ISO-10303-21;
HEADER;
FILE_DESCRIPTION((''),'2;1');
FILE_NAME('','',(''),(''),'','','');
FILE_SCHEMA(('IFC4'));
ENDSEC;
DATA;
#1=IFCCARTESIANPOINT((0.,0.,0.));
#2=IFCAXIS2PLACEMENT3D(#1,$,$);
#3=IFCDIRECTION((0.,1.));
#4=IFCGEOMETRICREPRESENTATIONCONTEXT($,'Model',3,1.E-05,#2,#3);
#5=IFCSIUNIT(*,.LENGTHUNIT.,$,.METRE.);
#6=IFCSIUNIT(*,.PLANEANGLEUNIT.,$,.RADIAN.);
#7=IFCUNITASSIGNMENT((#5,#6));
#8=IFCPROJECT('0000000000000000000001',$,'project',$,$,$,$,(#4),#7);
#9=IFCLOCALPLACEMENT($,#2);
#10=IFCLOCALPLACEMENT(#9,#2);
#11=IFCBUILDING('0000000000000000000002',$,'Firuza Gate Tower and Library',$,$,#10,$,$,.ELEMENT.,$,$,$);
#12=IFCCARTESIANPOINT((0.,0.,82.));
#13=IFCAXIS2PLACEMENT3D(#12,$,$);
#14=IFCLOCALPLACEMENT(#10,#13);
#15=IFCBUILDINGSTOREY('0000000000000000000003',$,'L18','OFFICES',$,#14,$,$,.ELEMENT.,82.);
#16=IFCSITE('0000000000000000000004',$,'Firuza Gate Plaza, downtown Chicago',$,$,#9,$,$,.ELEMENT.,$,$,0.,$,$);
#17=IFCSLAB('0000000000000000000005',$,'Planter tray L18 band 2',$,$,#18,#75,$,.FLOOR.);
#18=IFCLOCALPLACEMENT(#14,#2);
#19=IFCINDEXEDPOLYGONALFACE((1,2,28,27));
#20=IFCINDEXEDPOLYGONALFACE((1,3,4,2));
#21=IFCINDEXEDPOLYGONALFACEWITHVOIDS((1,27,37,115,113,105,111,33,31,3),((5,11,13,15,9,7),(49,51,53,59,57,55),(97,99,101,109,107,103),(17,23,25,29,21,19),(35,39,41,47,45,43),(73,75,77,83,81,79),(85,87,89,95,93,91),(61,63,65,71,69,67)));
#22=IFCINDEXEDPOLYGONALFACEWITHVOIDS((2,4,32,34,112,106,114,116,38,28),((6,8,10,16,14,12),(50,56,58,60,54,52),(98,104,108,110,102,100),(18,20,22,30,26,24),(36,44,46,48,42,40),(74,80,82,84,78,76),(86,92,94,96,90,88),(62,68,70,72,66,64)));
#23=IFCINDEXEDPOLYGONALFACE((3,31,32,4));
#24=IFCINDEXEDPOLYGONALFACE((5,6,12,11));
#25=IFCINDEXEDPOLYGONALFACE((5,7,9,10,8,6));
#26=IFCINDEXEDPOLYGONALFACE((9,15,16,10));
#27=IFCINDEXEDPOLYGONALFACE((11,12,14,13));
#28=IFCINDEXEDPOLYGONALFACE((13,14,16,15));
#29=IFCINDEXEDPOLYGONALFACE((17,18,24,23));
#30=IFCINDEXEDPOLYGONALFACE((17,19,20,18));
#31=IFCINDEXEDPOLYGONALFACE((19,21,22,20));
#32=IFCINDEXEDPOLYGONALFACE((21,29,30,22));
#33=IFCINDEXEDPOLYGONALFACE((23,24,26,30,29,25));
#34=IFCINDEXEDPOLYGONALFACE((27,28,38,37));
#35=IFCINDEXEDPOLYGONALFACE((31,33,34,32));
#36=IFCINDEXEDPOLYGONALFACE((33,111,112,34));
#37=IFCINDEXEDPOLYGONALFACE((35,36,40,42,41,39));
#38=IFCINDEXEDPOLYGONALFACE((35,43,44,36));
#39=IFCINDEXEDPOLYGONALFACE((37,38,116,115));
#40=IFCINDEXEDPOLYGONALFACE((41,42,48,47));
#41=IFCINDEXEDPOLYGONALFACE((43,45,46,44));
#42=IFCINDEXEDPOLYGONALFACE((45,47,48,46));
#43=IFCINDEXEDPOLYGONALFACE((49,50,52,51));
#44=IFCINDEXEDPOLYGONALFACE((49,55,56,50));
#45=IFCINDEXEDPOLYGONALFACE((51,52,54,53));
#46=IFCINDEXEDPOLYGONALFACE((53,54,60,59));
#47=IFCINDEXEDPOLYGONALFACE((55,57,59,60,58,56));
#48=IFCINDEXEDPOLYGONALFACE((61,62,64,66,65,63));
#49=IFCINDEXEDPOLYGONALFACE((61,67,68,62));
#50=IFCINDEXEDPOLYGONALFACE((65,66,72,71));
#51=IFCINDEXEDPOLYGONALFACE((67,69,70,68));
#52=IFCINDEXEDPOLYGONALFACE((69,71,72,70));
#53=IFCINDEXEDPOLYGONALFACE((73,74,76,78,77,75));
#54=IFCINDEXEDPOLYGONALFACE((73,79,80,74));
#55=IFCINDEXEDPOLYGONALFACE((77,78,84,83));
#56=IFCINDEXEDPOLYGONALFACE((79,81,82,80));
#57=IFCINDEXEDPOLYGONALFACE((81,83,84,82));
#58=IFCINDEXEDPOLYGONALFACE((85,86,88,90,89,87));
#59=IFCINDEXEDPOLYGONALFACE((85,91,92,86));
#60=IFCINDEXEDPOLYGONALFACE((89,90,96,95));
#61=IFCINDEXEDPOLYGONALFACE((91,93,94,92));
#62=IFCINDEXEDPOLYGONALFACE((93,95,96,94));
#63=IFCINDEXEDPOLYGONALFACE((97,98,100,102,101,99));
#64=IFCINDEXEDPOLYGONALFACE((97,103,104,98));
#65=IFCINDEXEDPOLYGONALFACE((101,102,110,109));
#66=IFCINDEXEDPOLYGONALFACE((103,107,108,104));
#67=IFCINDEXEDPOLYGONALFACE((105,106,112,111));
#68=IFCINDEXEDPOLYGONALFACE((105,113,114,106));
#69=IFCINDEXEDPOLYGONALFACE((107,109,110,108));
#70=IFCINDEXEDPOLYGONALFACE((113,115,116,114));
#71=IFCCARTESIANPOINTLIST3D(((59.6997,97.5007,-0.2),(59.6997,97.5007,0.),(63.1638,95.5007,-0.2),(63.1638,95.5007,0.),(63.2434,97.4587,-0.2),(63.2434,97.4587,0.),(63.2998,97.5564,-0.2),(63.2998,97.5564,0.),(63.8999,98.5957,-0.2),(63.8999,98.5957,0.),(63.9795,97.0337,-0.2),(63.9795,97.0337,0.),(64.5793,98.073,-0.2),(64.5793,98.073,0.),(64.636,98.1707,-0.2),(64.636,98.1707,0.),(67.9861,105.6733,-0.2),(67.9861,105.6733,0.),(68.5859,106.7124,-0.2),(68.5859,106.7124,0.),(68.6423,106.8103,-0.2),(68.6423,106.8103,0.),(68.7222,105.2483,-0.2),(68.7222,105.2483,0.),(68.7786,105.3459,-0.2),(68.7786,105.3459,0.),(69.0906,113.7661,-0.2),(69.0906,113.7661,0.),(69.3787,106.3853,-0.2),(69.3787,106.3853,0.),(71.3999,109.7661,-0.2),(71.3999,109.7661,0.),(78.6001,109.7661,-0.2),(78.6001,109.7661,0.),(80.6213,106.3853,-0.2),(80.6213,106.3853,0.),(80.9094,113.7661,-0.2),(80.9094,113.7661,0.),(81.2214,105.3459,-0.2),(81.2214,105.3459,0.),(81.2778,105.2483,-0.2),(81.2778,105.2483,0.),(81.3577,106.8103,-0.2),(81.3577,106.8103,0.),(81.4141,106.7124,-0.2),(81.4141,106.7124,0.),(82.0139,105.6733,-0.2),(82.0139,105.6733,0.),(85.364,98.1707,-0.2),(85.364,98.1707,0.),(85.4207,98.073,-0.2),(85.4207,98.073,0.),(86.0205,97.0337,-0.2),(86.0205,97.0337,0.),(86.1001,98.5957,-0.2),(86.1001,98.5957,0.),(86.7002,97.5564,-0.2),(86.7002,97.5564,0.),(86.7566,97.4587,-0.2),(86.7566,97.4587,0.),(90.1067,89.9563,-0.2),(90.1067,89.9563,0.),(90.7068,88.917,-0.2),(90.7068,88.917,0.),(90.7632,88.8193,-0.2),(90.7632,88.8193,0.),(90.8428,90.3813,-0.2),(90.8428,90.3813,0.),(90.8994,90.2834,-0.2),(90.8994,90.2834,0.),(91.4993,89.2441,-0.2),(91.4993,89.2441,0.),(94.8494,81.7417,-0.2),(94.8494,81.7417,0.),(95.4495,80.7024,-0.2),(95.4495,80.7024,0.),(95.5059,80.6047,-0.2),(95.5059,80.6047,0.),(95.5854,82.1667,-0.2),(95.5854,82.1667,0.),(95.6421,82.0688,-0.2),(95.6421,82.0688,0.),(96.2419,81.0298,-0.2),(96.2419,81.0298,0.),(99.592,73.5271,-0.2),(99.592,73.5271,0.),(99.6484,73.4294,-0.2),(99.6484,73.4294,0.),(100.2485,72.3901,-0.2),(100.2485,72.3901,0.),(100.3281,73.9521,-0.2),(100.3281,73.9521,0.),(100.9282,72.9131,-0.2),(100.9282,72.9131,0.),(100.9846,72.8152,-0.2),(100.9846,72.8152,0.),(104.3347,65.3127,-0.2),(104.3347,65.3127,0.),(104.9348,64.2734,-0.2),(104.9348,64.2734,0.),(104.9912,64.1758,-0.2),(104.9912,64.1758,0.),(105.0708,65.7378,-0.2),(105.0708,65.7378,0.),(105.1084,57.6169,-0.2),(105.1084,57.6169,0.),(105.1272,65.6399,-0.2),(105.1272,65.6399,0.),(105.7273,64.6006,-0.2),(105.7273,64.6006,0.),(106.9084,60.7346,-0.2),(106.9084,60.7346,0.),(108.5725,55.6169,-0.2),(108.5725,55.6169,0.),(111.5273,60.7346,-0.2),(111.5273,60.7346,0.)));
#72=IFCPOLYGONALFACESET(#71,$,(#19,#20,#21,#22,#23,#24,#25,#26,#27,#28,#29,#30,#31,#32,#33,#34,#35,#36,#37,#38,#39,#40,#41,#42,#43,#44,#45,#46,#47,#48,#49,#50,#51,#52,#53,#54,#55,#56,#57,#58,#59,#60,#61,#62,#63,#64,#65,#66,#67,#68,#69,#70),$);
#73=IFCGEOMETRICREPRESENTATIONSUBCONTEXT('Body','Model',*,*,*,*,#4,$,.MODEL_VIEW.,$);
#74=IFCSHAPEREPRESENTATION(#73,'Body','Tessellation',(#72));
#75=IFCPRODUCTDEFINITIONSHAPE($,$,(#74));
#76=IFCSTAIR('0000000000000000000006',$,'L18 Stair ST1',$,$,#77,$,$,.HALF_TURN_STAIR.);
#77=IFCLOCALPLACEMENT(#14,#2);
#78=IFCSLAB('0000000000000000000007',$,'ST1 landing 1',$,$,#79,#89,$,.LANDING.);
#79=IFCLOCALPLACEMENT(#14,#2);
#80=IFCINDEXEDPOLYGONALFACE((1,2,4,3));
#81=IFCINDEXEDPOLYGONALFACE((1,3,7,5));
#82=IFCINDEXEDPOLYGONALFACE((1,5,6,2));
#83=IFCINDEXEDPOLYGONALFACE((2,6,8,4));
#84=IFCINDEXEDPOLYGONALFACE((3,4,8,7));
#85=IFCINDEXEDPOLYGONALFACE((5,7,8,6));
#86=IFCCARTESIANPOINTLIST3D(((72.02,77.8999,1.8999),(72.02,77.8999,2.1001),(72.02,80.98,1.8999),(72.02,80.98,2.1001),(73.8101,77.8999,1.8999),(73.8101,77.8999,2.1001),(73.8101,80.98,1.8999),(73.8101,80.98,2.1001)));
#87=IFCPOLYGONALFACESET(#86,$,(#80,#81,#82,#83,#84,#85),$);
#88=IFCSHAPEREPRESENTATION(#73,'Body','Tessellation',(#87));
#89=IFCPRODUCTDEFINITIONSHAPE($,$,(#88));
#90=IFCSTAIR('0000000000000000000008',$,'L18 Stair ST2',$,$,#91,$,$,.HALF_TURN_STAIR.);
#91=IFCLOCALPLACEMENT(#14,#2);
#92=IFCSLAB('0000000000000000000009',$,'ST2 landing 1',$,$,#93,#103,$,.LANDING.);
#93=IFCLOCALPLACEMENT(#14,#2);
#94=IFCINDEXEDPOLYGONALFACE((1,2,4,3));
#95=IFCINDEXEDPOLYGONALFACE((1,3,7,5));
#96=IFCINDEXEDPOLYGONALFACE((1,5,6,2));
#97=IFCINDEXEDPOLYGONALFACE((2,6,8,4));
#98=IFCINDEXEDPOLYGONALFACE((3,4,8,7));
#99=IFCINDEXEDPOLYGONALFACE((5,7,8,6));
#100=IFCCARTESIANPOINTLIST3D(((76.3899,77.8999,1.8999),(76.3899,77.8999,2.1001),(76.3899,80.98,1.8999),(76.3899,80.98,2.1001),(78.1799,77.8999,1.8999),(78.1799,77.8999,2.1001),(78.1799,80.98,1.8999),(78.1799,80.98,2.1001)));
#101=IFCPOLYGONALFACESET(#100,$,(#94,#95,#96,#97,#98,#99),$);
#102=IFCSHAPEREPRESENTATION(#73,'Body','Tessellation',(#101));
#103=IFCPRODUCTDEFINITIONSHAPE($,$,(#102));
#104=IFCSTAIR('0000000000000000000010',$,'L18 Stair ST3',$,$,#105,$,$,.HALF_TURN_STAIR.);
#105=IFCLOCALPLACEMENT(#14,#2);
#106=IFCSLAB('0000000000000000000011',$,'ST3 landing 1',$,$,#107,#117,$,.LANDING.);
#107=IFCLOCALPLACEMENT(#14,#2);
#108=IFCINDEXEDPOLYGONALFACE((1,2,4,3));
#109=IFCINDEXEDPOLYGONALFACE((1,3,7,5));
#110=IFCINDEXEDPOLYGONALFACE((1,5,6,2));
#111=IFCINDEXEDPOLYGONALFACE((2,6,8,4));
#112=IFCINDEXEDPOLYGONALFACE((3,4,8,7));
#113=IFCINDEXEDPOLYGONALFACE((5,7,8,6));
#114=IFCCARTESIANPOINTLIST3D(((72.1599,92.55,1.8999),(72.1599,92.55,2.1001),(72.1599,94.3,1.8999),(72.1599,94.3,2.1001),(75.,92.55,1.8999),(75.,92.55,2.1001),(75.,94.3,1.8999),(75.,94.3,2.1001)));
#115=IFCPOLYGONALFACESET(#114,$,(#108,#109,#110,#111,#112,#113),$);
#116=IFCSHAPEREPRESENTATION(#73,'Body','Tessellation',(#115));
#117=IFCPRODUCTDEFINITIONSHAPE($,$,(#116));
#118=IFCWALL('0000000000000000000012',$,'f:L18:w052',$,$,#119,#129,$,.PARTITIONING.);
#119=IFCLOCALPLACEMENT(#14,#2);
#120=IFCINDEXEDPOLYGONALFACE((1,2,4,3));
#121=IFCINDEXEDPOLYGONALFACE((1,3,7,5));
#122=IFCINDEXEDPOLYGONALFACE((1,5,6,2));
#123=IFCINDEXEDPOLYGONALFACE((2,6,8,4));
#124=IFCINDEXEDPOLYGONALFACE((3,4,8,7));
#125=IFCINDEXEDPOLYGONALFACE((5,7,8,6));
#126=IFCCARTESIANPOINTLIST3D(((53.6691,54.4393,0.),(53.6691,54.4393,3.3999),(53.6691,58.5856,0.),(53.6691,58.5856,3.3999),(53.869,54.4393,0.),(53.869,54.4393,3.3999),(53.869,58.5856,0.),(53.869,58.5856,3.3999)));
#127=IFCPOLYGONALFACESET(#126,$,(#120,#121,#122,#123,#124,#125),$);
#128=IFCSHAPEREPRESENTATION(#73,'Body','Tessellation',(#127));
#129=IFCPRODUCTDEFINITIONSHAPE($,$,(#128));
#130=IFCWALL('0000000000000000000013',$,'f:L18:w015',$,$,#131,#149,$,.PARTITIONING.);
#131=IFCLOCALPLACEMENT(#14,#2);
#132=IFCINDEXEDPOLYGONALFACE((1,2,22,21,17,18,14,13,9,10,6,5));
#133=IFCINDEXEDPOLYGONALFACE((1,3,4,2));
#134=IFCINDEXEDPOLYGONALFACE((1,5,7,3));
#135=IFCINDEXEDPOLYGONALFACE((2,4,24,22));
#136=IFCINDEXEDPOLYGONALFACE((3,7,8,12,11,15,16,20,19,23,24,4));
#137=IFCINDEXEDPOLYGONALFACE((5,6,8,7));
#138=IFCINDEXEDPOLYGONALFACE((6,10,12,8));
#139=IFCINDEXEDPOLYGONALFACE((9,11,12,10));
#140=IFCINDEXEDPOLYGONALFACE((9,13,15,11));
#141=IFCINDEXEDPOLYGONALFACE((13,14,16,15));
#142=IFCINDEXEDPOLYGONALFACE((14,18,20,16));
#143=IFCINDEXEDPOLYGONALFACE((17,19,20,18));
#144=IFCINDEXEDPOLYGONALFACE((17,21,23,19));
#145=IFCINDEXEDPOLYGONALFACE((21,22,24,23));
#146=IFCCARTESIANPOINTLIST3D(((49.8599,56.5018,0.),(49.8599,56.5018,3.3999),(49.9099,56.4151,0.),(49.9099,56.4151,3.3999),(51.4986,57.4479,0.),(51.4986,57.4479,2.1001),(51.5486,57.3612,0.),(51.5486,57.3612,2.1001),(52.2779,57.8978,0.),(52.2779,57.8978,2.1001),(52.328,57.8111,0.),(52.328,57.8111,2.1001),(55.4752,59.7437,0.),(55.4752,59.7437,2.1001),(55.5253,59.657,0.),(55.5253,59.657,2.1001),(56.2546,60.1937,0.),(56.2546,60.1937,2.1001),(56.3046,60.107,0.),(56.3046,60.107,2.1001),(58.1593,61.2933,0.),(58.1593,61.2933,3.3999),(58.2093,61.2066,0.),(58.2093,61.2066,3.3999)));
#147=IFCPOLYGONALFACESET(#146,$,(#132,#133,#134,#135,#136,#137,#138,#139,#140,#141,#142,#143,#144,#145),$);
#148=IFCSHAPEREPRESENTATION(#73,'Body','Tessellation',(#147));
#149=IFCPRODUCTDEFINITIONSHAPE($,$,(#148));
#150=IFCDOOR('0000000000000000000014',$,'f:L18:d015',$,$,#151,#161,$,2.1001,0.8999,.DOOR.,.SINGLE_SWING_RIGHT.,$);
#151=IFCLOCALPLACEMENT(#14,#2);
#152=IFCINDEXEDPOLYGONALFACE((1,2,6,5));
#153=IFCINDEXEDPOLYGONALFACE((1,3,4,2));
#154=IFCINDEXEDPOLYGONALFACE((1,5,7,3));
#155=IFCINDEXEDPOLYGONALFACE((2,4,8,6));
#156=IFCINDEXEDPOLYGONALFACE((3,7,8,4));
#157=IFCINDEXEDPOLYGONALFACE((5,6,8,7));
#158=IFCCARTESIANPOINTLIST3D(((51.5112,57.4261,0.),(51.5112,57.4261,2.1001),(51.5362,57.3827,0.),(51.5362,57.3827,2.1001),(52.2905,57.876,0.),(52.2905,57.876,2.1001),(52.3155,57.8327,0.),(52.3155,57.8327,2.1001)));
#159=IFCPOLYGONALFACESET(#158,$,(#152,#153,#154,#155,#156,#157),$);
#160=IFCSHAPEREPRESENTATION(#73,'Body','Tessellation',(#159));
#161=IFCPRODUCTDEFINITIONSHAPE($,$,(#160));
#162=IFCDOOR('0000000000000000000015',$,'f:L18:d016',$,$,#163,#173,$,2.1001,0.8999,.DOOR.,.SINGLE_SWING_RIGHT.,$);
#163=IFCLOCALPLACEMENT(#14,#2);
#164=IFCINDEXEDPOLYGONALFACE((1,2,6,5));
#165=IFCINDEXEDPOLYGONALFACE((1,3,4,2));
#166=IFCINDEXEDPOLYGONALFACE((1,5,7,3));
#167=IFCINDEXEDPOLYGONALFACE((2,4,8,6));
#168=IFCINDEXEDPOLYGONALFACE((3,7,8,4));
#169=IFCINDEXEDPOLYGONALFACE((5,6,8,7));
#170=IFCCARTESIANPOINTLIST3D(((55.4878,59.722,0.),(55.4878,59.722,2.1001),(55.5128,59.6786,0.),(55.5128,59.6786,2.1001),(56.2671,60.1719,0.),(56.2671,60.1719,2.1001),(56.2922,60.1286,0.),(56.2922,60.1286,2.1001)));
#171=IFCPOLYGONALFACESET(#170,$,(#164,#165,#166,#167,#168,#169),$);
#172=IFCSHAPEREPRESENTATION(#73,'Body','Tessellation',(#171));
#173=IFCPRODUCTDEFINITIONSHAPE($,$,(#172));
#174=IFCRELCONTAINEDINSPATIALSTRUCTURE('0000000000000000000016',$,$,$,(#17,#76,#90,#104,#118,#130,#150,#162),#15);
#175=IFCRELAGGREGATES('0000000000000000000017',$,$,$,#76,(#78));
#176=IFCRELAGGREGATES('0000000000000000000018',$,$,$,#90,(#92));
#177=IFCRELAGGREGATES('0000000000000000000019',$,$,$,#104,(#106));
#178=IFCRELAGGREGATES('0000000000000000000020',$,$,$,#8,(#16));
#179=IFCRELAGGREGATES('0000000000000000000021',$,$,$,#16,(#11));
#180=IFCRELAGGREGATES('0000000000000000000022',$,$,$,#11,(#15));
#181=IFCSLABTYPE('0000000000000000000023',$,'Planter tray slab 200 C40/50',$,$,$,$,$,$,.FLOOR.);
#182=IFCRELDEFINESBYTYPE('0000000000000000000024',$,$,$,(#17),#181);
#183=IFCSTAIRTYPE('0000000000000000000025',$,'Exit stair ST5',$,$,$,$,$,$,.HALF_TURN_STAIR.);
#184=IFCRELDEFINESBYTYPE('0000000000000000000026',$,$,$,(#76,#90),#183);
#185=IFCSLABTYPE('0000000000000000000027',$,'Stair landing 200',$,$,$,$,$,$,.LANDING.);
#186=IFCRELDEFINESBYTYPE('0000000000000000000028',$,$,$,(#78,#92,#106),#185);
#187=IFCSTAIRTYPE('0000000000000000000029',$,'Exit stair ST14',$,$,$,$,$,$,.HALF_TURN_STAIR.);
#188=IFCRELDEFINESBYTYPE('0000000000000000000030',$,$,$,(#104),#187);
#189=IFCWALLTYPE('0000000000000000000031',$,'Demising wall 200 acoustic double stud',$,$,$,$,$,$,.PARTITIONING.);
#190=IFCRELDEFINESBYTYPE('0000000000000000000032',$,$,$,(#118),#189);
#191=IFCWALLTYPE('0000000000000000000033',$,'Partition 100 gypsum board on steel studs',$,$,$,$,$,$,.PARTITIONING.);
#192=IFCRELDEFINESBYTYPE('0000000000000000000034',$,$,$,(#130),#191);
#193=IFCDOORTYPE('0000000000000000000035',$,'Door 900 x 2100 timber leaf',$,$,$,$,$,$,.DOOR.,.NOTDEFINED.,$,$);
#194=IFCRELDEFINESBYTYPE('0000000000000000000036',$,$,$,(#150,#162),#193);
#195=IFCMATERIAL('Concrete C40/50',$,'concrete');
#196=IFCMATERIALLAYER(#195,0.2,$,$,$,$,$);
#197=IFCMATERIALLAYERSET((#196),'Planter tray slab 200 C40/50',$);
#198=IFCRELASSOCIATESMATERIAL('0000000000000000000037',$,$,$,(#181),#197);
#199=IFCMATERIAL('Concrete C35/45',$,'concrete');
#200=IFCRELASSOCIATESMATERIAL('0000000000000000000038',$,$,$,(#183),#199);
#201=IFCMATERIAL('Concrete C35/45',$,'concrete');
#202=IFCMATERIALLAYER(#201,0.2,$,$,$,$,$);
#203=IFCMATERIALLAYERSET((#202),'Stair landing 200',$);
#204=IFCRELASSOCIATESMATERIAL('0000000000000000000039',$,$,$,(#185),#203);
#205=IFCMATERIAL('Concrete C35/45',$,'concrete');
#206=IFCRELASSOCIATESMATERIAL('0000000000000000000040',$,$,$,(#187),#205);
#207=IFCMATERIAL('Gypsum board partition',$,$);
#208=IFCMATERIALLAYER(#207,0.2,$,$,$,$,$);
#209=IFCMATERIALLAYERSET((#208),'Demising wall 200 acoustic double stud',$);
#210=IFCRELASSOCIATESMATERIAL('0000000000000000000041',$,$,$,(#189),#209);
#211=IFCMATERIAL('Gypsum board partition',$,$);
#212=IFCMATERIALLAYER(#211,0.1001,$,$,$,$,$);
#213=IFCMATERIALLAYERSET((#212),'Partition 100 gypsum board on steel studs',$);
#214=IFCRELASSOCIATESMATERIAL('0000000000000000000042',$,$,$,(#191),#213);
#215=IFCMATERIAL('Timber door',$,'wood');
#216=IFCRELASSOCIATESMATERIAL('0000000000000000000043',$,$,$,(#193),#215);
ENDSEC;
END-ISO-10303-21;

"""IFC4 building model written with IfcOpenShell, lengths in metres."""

from ifc_helpers import new_model, si_unit, direction, frame, frame_2d, origin, place, context, subcontext, project, spatial, polyline, rectangle, outline, extrude, material, layer, layer_set, type_object, element, fill, aggregate, save


model = new_model("IFC4")

# Units and contexts
model_context = context("Model", 3, precision=1e-05, world=origin(), true_north=direction((0.0, 1.0)))
body_context = subcontext(model_context, "Body", "Model", "MODEL_VIEW")
ifc_project = project(units=[si_unit("LENGTHUNIT", "METRE"), si_unit("PLANEANGLEUNIT", "RADIAN")], contexts=[model_context])

# Site, building, storey
site_placement = place(None, origin())
site = spatial("IfcSite", under=ifc_project, at=site_placement, Name="Firuza Gate Plaza, downtown Chicago", CompositionType="ELEMENT", RefElevation=0.0)
building_placement = place(site_placement, origin())
building = spatial("IfcBuilding", under=site, at=building_placement, Name="Firuza Gate Tower and Library", CompositionType="ELEMENT")
storey_placement = place(building_placement, frame((0.0, 0.0, 82.0)))
storey = spatial("IfcBuildingStorey", under=building, at=storey_placement, Name="L18", Description="OFFICES", CompositionType="ELEMENT", Elevation=82.0)

# Shared definitions
placement_1 = place(storey_placement, origin())

# Shared definitions
placement_2 = place(storey_placement, frame((0.0, 0.0, -0.2)))

# Slab
ifc_material_1 = material(Name="Concrete C40/50", Category="concrete")
ifc_layer_1 = layer(ifc_material_1, 0.2)
ifc_layer_set_1 = layer_set([ifc_layer_1], Name="Planter tray slab 200 C40/50")
slab_type_1 = type_object("IfcSlabType", Name="Planter tray slab 200 C40/50", PredefinedType="FLOOR", material=ifc_layer_set_1)
element("IfcSlab", 1, at=placement_2, inside=storey, type_object=slab_type_1, Name="Planter tray L18 band 2", PredefinedType="FLOOR", context=body_context, shape_type="SweptSolid", body=[
    extrude(outline(polyline([(105.1084, 57.6169), (108.5725, 55.6169), (111.5273, 60.7346), (80.9094, 113.7661), (69.0906, 113.7661), (59.6997, 97.5007), (63.1638, 95.5007), (71.3999, 109.7661), (78.6001, 109.7661), (106.9084, 60.7346), (105.1084, 57.6169)]), holes=[polyline([(63.2998, 97.5564), (63.2998, 97.5564), (63.8999, 98.5957), (64.636, 98.1707), (64.5793, 98.073), (64.5793, 98.073), (63.9795, 97.0337), (63.2434, 97.4587), (63.2998, 97.5564)]), polyline([(68.6423, 106.8103), (69.3787, 106.3853), (68.7786, 105.3459), (68.7786, 105.3459), (68.7222, 105.2483), (67.9861, 105.6733), (68.5859, 106.7124), (68.5859, 106.7124), (68.6423, 106.8103)]), polyline([(104.9348, 64.2734), (104.9348, 64.2734), (104.3347, 65.3127), (105.0708, 65.7378), (105.1272, 65.6399), (105.1272, 65.6399), (105.7273, 64.6006), (104.9912, 64.1758), (104.9348, 64.2734)]), polyline([(100.2485, 72.3901), (99.6484, 73.4294), (99.6484, 73.4294), (99.592, 73.5271), (100.3281, 73.9521), (100.9282, 72.9131), (100.9282, 72.9131), (100.9846, 72.8152), (100.2485, 72.3901)]), polyline([(94.8494, 81.7417), (95.5854, 82.1667), (95.6421, 82.0688), (95.6421, 82.0688), (96.2419, 81.0298), (95.5059, 80.6047), (95.4495, 80.7024), (95.4495, 80.7024), (94.8494, 81.7417)]), polyline([(91.4993, 89.2441), (90.7632, 88.8193), (90.7068, 88.917), (90.7068, 88.917), (90.1067, 89.9563), (90.8428, 90.3813), (90.8994, 90.2834), (90.8994, 90.2834), (91.4993, 89.2441)]), polyline([(85.364, 98.1707), (86.1001, 98.5957), (86.7002, 97.5564), (86.7002, 97.5564), (86.7566, 97.4587), (86.0205, 97.0337), (85.4207, 98.073), (85.4207, 98.073), (85.364, 98.1707)]), polyline([(81.2214, 105.3459), (80.6213, 106.3853), (81.3577, 106.8103), (81.4141, 106.7124), (81.4141, 106.7124), (82.0139, 105.6733), (81.2778, 105.2483), (81.2214, 105.3459), (81.2214, 105.3459)])]), origin(), (0.0, 0.0, 1.0), 0.2),
])

# Stairs, slabs
ifc_material_2 = material(Name="Concrete C35/45", Category="concrete")
stair_type_1 = type_object("IfcStairType", Name="Exit stair ST5", PredefinedType="HALF_TURN_STAIR", material=ifc_material_2)
stair_1 = element("IfcStair", 2, at=placement_1, inside=storey, type_object=stair_type_1, Name="L18 Stair ST1", PredefinedType="HALF_TURN_STAIR")
ifc_material_3 = material(Name="Concrete C35/45", Category="concrete")
ifc_layer_2 = layer(ifc_material_3, 0.2)
ifc_layer_set_2 = layer_set([ifc_layer_2], Name="Stair landing 200")
slab_type_2 = type_object("IfcSlabType", Name="Stair landing 200", PredefinedType="LANDING", material=ifc_layer_set_2)
placement_3 = place(storey_placement, frame((0.0, 0.0, 1.8999)))
slab_1 = element("IfcSlab", 3, at=placement_3, type_object=slab_type_2, Name="ST1 landing 1", PredefinedType="LANDING", context=body_context, shape_type="SweptSolid", body=[
    extrude(outline(polyline([(72.02, 77.8999), (73.8101, 77.8999), (73.8101, 80.98), (72.02, 80.98), (72.02, 77.8999)])), origin(), (0.0, 0.0, 1.0), 0.2002),
])
aggregate(stair_1, [slab_1])
stair_2 = element("IfcStair", 4, at=placement_1, inside=storey, type_object=stair_type_1, Name="L18 Stair ST2", PredefinedType="HALF_TURN_STAIR")
slab_2 = element("IfcSlab", 5, at=placement_3, type_object=slab_type_2, Name="ST2 landing 1", PredefinedType="LANDING", context=body_context, shape_type="SweptSolid", body=[
    extrude(outline(polyline([(78.1799, 80.98), (76.3899, 80.98), (76.3899, 77.8999), (78.1799, 77.8999), (78.1799, 80.98)])), origin(), (0.0, 0.0, 1.0), 0.2002),
])
aggregate(stair_2, [slab_2])
ifc_material_4 = material(Name="Concrete C35/45", Category="concrete")
stair_type_2 = type_object("IfcStairType", Name="Exit stair ST14", PredefinedType="HALF_TURN_STAIR", material=ifc_material_4)
stair_3 = element("IfcStair", 6, at=placement_1, inside=storey, type_object=stair_type_2, Name="L18 Stair ST3", PredefinedType="HALF_TURN_STAIR")
slab_3 = element("IfcSlab", 7, at=placement_3, type_object=slab_type_2, Name="ST3 landing 1", PredefinedType="LANDING", context=body_context, shape_type="SweptSolid", body=[
    extrude(outline(polyline([(75.0, 92.55), (75.0, 94.3), (72.1599, 94.3), (72.1599, 92.55), (75.0, 92.55)])), origin(), (0.0, 0.0, 1.0), 0.2002),
])
aggregate(stair_3, [slab_3])

# Wall
ifc_material_5 = material(Name="Gypsum board partition")
ifc_layer_3 = layer(ifc_material_5, 0.2)
ifc_layer_set_3 = layer_set([ifc_layer_3], Name="Demising wall 200 acoustic double stud")
wall_type_1 = type_object("IfcWallType", Name="Demising wall 200 acoustic double stud", PredefinedType="PARTITIONING", material=ifc_layer_set_3)
wall_1_placement = place(storey_placement, frame((53.769, 54.4392, 0.0), z_axis=(0.0, 0.0, 1.0), x_axis=(0.0, 1.0, 0.0)))
element("IfcWall", 8, at=wall_1_placement, inside=storey, type_object=wall_type_1, Name="f:L18:w052", PredefinedType="PARTITIONING", context=body_context, shape_type="SweptSolid", body=[
    extrude(rectangle(XDim=4.1462, YDim=0.2, at=frame_2d((2.0732, 0.0))), origin(), (0.0, 0.0, 1.0), 3.3999),
])

# Wall, openings, doors
ifc_material_6 = material(Name="Gypsum board partition")
ifc_layer_4 = layer(ifc_material_6, 0.1001)
ifc_layer_set_4 = layer_set([ifc_layer_4], Name="Partition 100 gypsum board on steel studs")
wall_type_2 = type_object("IfcWallType", Name="Partition 100 gypsum board on steel studs", PredefinedType="PARTITIONING", material=ifc_layer_set_4)
wall_2_placement = place(storey_placement, frame((49.885, 56.4585, 0.0), z_axis=(0.0, 0.0, 1.0), x_axis=(0.86603, 0.499991, 0.0)))
wall_2 = element("IfcWall", 9, at=wall_2_placement, inside=storey, type_object=wall_type_2, Name="f:L18:w015", PredefinedType="PARTITIONING", context=body_context, shape_type="SweptSolid", body=[
    extrude(rectangle(XDim=9.5833, YDim=0.1001, at=frame_2d((4.7915, 0.0))), origin(), (0.0, 0.0, 1.0), 3.3999),
])
opening_1_placement = place(wall_2_placement, frame((1.8921, 0.0, 0.0)))
opening_1 = element("IfcOpeningElement", 10, at=opening_1_placement, cuts=wall_2, PredefinedType="OPENING", context=body_context, shape_type="SweptSolid", body=[
    extrude(rectangle(XDim=0.8999, YDim=2.1001, at=frame_2d((0.45, 1.05))), frame((0.0, 0.0601, 0.0), z_axis=(0.0, -1.0, 0.0), x_axis=(1.0, 0.0, 0.0)), (0.0, 0.0, 1.0), 0.1201),
])
opening_2_placement = place(wall_2_placement, frame((6.4839, 0.0, 0.0)))
opening_2 = element("IfcOpeningElement", 11, at=opening_2_placement, cuts=wall_2, PredefinedType="OPENING", context=body_context, shape_type="SweptSolid", body=[
    extrude(rectangle(XDim=0.8999, YDim=2.1001, at=frame_2d((0.45, 1.05))), frame((0.0, 0.0601, 0.0), z_axis=(0.0, -1.0, 0.0), x_axis=(1.0, 0.0, 0.0)), (0.0, 0.0, 1.0), 0.1201),
])
ifc_material_7 = material(Name="Timber door", Category="wood")
door_type = type_object("IfcDoorType", Name="Door 900 x 2100 timber leaf", OperationType="NOTDEFINED", PredefinedType="DOOR", material=ifc_material_7)
door_1_placement = place(opening_1_placement, origin())
door_1 = element("IfcDoor", 12, at=door_1_placement, inside=storey, type_object=door_type, Name="f:L18:d015", OperationType="SINGLE_SWING_RIGHT", OverallHeight=2.1001, OverallWidth=0.8999, PredefinedType="DOOR", context=body_context, shape_type="SweptSolid", body=[
    extrude(rectangle(XDim=0.8999, YDim=2.1001, at=frame_2d((0.45, 1.05))), frame((0.0, 0.0249, 0.0), z_axis=(0.0, -1.0, 0.0), x_axis=(1.0, 0.0, 0.0)), (0.0, 0.0, 1.0), 0.05),
])
fill(opening_1, door_1)
door_2_placement = place(opening_2_placement, origin())
door_2 = element("IfcDoor", 13, at=door_2_placement, inside=storey, type_object=door_type, Name="f:L18:d016", OperationType="SINGLE_SWING_RIGHT", OverallHeight=2.1001, OverallWidth=0.8999, PredefinedType="DOOR", context=body_context, shape_type="SweptSolid", body=[
    extrude(rectangle(XDim=0.8999, YDim=2.1001, at=frame_2d((0.45, 1.05))), frame((0.0, 0.0249, 0.0), z_axis=(0.0, -1.0, 0.0), x_axis=(1.0, 0.0, 0.0)), (0.0, 0.0, 1.0), 0.05),
])
fill(opening_2, door_2)

save(model, "model.ifc")
